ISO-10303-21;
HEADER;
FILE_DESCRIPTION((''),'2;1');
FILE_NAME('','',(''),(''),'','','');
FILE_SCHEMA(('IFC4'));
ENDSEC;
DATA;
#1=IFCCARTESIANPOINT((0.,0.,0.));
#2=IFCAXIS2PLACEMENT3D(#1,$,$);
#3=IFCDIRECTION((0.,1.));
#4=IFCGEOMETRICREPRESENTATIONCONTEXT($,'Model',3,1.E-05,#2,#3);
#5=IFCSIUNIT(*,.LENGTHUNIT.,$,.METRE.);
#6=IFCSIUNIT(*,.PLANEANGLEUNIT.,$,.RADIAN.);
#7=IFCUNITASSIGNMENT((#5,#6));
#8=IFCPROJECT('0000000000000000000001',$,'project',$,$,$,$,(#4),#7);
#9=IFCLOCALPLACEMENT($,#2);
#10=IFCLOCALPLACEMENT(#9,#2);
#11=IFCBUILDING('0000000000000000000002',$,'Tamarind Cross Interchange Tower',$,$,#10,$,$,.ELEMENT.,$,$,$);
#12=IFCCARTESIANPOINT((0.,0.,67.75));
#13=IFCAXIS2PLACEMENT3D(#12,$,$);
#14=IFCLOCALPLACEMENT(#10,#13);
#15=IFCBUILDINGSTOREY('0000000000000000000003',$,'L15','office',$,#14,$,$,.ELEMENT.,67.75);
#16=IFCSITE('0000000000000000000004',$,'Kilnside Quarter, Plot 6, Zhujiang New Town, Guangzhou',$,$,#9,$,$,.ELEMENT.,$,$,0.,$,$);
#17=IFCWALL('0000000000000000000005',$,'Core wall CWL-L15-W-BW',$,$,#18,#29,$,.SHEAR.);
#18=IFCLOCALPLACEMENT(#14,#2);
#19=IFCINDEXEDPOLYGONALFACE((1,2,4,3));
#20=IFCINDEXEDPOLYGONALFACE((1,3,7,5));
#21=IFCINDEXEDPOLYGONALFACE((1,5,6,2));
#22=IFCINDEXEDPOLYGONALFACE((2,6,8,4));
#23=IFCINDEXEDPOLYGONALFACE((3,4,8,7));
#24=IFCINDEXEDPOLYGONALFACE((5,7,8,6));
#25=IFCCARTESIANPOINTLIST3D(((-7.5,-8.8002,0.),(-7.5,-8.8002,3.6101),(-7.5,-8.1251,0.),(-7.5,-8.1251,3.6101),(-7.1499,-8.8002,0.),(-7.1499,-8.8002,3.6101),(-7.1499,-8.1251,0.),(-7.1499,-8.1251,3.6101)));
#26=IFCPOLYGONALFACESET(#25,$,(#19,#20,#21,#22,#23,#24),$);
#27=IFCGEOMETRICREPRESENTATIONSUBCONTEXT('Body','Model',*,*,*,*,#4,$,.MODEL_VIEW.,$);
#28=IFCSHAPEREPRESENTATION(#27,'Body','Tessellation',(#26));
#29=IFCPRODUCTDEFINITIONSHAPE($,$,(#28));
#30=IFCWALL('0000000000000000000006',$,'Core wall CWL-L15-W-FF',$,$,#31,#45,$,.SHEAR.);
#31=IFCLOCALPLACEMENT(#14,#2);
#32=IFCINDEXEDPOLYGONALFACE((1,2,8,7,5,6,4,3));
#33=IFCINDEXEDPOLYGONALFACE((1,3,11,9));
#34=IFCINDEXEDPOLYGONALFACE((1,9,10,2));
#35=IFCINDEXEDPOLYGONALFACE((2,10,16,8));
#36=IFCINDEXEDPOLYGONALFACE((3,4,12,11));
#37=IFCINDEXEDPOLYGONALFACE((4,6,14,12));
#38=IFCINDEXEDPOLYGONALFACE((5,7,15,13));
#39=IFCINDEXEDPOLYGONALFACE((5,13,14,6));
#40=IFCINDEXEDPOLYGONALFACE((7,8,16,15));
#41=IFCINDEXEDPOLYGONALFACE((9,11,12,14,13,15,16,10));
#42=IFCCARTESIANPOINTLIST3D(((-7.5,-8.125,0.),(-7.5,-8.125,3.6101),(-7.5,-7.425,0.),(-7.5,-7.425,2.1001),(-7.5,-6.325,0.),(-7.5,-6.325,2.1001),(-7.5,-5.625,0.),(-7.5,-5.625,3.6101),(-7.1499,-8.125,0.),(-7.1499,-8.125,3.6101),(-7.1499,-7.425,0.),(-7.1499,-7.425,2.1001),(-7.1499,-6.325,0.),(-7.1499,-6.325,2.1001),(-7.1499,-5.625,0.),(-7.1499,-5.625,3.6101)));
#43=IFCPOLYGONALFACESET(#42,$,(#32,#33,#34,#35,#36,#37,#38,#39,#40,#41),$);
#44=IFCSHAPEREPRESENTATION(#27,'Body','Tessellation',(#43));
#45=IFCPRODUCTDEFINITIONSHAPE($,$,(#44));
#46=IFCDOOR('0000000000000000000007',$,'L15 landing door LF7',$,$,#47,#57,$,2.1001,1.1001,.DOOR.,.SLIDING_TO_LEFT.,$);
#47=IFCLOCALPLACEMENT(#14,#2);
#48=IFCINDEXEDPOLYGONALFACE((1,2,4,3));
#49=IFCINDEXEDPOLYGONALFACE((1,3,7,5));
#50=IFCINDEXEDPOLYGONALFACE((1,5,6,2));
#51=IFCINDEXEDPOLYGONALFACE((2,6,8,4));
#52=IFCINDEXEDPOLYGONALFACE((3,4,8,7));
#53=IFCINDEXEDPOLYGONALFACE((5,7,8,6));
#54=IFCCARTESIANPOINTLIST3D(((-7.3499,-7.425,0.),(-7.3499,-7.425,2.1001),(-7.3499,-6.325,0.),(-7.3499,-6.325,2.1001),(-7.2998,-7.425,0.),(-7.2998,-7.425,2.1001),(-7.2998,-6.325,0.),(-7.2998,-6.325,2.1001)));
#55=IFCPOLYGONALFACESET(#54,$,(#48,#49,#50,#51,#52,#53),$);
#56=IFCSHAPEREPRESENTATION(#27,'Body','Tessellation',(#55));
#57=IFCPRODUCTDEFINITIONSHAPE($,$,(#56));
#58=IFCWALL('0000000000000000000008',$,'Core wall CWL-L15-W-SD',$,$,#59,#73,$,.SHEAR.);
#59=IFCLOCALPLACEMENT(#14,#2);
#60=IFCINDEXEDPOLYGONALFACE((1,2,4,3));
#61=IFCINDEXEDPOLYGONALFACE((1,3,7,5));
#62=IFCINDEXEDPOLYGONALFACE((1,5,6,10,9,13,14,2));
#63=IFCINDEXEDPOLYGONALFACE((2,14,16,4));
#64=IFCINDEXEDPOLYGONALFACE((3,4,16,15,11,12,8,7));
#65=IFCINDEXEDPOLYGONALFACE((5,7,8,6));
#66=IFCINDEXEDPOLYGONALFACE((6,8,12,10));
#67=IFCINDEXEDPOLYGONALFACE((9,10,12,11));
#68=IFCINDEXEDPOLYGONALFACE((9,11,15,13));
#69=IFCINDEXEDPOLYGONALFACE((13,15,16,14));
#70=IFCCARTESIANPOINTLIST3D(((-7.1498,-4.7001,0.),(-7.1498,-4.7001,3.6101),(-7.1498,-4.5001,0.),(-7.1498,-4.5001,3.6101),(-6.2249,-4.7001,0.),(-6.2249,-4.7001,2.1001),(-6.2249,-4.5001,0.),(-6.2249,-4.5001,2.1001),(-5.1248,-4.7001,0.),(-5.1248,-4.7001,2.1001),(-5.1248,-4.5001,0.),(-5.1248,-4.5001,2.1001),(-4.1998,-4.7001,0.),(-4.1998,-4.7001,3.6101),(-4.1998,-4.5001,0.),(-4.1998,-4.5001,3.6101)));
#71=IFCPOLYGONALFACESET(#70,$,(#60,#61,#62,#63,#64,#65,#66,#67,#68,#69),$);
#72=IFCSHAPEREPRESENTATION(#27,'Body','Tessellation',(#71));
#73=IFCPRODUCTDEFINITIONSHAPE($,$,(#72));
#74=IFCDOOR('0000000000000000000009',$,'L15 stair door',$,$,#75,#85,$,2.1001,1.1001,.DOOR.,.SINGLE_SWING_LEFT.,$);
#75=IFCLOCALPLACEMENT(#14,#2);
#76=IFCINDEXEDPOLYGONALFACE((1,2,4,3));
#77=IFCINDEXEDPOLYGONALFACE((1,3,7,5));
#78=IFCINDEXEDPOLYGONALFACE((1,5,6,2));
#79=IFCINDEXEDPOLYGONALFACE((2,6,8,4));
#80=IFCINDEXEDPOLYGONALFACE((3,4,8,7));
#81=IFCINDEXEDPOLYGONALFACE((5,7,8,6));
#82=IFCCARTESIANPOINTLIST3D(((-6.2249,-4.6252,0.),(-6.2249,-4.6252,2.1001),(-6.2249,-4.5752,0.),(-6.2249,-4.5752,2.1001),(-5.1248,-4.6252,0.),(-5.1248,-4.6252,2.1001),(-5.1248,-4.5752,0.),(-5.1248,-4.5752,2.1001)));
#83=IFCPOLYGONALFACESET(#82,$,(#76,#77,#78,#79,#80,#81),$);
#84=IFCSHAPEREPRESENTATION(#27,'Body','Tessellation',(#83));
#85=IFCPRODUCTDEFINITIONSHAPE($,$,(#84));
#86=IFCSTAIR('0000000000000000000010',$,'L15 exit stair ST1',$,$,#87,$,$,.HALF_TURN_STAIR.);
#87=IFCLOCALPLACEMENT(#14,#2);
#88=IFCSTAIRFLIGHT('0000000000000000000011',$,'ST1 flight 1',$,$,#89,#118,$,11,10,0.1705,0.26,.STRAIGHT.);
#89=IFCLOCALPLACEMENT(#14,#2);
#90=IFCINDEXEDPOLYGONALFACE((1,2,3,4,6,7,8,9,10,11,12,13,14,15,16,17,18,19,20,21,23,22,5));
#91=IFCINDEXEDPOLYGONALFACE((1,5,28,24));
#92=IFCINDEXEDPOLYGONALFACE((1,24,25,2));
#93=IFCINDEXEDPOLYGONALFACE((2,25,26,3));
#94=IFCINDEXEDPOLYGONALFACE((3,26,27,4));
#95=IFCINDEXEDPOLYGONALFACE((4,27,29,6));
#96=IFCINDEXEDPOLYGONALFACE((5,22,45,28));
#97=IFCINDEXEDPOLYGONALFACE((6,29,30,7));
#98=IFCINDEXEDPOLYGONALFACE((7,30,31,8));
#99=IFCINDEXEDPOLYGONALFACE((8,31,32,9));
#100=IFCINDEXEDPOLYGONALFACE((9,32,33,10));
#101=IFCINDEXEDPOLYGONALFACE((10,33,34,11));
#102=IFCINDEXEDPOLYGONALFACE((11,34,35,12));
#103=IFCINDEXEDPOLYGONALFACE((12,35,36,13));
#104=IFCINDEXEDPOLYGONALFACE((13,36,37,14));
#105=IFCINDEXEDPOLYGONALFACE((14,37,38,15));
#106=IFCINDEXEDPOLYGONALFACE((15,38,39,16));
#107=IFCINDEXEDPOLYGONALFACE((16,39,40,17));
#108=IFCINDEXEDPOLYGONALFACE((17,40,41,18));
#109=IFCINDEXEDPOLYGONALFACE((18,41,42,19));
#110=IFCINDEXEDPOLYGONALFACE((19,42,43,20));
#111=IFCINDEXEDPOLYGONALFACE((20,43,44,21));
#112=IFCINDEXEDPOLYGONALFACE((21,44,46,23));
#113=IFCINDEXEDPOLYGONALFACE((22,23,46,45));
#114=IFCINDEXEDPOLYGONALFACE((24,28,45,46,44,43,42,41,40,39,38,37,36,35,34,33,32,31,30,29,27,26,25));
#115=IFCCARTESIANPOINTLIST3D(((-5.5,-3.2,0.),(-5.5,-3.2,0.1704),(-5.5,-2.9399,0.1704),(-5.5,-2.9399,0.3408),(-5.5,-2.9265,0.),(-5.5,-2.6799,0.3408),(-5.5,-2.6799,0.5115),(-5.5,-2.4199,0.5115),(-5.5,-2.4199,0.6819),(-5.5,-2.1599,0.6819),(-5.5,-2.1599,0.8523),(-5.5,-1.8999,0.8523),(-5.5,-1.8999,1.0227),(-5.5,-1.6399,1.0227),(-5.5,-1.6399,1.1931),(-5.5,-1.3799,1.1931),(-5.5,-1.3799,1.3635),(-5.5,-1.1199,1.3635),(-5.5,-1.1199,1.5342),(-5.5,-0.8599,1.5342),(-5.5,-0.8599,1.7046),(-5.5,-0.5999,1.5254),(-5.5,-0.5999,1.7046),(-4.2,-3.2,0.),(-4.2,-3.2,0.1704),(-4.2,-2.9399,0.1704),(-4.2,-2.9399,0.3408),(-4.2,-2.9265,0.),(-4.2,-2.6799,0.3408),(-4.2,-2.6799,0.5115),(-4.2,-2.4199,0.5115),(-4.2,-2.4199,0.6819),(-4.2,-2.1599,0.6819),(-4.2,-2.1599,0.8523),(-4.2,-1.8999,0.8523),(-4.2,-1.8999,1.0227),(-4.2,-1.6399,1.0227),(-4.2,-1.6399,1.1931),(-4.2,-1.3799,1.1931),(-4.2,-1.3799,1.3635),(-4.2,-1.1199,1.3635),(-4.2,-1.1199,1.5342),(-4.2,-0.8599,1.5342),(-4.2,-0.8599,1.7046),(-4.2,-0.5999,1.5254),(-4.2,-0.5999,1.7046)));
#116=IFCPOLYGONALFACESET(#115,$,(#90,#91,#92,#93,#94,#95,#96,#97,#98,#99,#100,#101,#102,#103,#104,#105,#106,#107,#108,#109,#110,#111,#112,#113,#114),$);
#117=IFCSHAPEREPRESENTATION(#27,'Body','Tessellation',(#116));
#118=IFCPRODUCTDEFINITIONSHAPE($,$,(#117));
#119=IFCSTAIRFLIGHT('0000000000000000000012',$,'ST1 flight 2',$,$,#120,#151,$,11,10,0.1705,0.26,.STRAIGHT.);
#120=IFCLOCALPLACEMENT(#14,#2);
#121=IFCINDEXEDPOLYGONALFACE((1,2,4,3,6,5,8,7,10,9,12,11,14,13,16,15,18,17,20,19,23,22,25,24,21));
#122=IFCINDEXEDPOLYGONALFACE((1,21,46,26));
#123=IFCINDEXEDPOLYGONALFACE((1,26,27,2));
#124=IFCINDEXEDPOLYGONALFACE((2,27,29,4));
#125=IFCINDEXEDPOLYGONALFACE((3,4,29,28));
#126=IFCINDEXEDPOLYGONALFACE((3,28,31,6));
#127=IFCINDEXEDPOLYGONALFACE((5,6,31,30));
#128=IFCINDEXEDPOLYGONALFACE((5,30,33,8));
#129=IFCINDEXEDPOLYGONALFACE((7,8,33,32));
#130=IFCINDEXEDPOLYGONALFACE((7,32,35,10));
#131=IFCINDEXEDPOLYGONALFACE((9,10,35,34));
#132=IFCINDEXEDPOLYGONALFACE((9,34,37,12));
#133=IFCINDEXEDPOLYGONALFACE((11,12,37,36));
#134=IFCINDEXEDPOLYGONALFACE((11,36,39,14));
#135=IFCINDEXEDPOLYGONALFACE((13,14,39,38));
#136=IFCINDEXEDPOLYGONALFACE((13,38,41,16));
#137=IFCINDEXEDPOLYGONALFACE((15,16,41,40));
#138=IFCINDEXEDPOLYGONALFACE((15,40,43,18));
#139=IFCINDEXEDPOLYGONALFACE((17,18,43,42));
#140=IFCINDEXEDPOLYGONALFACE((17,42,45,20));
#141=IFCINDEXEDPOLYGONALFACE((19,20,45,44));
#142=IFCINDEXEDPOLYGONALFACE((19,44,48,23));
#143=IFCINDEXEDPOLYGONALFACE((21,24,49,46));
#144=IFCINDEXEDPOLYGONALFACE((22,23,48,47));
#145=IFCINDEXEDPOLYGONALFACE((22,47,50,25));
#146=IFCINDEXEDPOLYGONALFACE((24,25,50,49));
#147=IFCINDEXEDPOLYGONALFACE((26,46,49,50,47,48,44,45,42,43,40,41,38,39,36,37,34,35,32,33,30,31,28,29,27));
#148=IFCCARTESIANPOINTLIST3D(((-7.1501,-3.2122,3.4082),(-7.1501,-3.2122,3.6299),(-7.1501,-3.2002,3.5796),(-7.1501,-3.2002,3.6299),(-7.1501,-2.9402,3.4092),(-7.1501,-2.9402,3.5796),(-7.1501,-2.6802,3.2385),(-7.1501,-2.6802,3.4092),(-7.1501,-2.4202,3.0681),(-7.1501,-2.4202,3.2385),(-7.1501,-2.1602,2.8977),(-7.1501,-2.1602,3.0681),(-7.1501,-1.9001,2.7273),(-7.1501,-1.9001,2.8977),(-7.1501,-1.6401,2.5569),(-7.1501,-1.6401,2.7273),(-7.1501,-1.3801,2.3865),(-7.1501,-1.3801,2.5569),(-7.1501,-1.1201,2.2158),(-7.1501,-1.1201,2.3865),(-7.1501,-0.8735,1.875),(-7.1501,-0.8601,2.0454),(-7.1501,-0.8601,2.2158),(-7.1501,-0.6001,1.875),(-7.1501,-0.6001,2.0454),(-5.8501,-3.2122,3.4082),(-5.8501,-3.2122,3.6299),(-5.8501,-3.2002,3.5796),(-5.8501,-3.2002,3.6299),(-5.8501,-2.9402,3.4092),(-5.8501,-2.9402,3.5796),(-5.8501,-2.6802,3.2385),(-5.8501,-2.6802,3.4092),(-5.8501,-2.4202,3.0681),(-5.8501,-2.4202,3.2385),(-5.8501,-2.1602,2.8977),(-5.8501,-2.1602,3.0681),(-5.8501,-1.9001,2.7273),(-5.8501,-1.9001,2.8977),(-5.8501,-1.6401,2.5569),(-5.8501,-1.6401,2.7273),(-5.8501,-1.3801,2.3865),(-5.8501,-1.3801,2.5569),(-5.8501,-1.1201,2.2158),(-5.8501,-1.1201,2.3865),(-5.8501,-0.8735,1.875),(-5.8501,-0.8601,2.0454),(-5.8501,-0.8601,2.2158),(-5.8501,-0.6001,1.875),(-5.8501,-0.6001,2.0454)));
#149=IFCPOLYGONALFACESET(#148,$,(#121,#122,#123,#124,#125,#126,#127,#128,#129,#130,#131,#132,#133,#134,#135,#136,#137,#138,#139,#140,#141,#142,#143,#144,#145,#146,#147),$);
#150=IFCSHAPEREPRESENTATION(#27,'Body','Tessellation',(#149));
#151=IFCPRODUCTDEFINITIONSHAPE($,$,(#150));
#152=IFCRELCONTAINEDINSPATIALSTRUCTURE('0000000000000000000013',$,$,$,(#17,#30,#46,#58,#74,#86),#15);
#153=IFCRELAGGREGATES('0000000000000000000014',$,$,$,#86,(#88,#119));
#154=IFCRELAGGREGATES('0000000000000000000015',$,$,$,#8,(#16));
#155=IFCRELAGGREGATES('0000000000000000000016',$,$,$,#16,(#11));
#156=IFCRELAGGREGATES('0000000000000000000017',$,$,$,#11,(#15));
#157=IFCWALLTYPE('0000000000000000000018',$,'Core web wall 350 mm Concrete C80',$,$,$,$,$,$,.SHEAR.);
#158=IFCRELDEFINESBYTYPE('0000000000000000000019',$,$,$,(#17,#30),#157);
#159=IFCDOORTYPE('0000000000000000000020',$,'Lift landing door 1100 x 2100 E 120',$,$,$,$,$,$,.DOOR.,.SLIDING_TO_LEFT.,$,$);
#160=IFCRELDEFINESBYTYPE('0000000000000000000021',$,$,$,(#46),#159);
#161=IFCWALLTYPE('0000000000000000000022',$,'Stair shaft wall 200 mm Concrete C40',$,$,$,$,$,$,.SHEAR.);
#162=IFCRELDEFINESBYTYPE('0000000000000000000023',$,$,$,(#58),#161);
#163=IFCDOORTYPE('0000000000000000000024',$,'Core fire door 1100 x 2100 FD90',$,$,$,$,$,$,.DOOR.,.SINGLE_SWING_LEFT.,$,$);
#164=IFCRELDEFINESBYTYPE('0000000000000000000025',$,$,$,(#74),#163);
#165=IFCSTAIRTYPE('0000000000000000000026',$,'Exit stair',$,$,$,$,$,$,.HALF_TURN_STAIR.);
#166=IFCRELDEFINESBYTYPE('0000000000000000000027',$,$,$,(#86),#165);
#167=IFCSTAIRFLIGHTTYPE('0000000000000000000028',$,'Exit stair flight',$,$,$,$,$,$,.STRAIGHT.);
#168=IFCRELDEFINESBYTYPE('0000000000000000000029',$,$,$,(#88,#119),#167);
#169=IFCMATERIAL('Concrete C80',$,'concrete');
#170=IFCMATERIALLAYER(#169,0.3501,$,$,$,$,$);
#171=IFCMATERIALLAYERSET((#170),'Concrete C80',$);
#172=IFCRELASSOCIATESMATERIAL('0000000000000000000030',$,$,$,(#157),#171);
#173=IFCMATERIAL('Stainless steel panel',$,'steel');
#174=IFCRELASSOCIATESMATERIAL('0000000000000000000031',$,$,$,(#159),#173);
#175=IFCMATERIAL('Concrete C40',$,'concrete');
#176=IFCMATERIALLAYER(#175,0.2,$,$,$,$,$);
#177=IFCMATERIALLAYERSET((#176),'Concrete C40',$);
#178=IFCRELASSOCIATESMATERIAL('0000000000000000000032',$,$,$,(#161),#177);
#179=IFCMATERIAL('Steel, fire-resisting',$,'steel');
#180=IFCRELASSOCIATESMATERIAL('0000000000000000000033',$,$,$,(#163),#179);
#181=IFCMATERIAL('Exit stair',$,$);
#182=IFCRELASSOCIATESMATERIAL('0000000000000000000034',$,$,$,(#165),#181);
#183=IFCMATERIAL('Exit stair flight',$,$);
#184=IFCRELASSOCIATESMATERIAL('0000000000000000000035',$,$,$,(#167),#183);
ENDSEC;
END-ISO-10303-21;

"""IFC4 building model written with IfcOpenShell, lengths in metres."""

from ifc_helpers import new_model, si_unit, direction, frame, frame_2d, origin, place, context, subcontext, project, spatial, polyline, rectangle, outline, extrude, material, layer, layer_set, type_object, element, fill, aggregate, save


model = new_model("IFC4")

# Units and contexts
model_context = context("Model", 3, precision=1e-05, world=origin(), true_north=direction((0.0, 1.0)))
body_context = subcontext(model_context, "Body", "Model", "MODEL_VIEW")
ifc_project = project(units=[si_unit("LENGTHUNIT", "METRE"), si_unit("PLANEANGLEUNIT", "RADIAN")], contexts=[model_context])

# Site, building, storey
site_placement = place(None, origin())
site = spatial("IfcSite", under=ifc_project, at=site_placement, Name="Kilnside Quarter, Plot 6, Zhujiang New Town, Guangzhou", CompositionType="ELEMENT", RefElevation=0.0)
building_placement = place(site_placement, origin())
building = spatial("IfcBuilding", under=site, at=building_placement, Name="Tamarind Cross Interchange Tower", CompositionType="ELEMENT")
storey_placement = place(building_placement, frame((0.0, 0.0, 67.75)))
storey = spatial("IfcBuildingStorey", under=building, at=storey_placement, Name="L15", Description="office", CompositionType="ELEMENT", Elevation=67.75)

# Shared definitions
ifc_material_1 = material(Name="Concrete C80", Category="concrete")
ifc_material_2 = material(Name="Steel, fire-resisting", Category="steel")

# Wall
ifc_layer_1 = layer(ifc_material_1, 0.3501)
ifc_layer_set_1 = layer_set([ifc_layer_1], Name="Concrete C80")
wall_type_1 = type_object("IfcWallType", Name="Core web wall 350 mm Concrete C80", PredefinedType="SHEAR", material=ifc_layer_set_1)
wall_1_placement = place(storey_placement, frame((-7.325, -8.8, 0.0), z_axis=(0.0, 0.0, 1.0), x_axis=(0.0, 1.0, 0.0)))
element("IfcWall", 1, at=wall_1_placement, inside=storey, type_object=wall_type_1, Name="Core wall CWL-L15-W-BW", PredefinedType="SHEAR", context=body_context, shape_type="SweptSolid", body=[
    extrude(rectangle(XDim=0.675, YDim=0.3501, at=frame_2d((0.3374, 0.0))), origin(), (0.0, 0.0, 1.0), 3.6101),
])

# Walls, openings, doors
wall_2_placement = place(storey_placement, frame((-7.325, -8.125, 0.0), z_axis=(0.0, 0.0, 1.0), x_axis=(0.0, 1.0, 0.0)))
wall_2 = element("IfcWall", 2, at=wall_2_placement, inside=storey, type_object=wall_type_1, Name="Core wall CWL-L15-W-FF", PredefinedType="SHEAR", context=body_context, shape_type="SweptSolid", body=[
    extrude(rectangle(XDim=2.5, YDim=0.3501, at=frame_2d((1.25, 0.0))), origin(), (0.0, 0.0, 1.0), 3.6101),
])
opening_1_placement = place(wall_2_placement, frame((0.7, 0.0, 0.0)))
opening_1 = element("IfcOpeningElement", 3, at=opening_1_placement, cuts=wall_2, PredefinedType="OPENING", context=body_context, shape_type="SweptSolid", body=[
    extrude(rectangle(XDim=1.1001, YDim=2.1001, at=frame_2d((0.55, 1.05))), frame((0.0, 0.1851, 0.0), z_axis=(0.0, -1.0, 0.0), x_axis=(1.0, 0.0, 0.0)), (0.0, 0.0, 1.0), 0.3701),
])
ifc_material_3 = material(Name="Stainless steel panel", Category="steel")
door_type_1 = type_object("IfcDoorType", Name="Lift landing door 1100 x 2100 E 120", OperationType="SLIDING_TO_LEFT", PredefinedType="DOOR", material=ifc_material_3)
door_1_placement = place(opening_1_placement, origin())
door_1 = element("IfcDoor", 4, at=door_1_placement, inside=storey, type_object=door_type_1, Name="L15 landing door LF7", OperationType="SLIDING_TO_LEFT", OverallHeight=2.1001, OverallWidth=1.1001, PredefinedType="DOOR", context=body_context, shape_type="SweptSolid", body=[
    extrude(rectangle(XDim=1.1001, YDim=2.1001, at=frame_2d((0.55, 1.05))), frame((0.0, 0.0249, 0.0), z_axis=(0.0, -1.0, 0.0), x_axis=(1.0, 0.0, 0.0)), (0.0, 0.0, 1.0), 0.05),
])
fill(opening_1, door_1)
ifc_material_4 = material(Name="Concrete C40", Category="concrete")
ifc_layer_2 = layer(ifc_material_4, 0.2)
ifc_layer_set_2 = layer_set([ifc_layer_2], Name="Concrete C40")
wall_type_2 = type_object("IfcWallType", Name="Stair shaft wall 200 mm Concrete C40", PredefinedType="SHEAR", material=ifc_layer_set_2)
wall_3_placement = place(storey_placement, frame((-7.1499, -4.6001, 0.0), z_axis=(0.0, 0.0, 1.0), x_axis=(1.0, 0.0, 0.0)))
wall_3 = element("IfcWall", 5, at=wall_3_placement, inside=storey, type_object=wall_type_2, Name="Core wall CWL-L15-W-SD", PredefinedType="SHEAR", context=body_context, shape_type="SweptSolid", body=[
    extrude(rectangle(XDim=2.95, YDim=0.2, at=frame_2d((1.4751, 0.0))), origin(), (0.0, 0.0, 1.0), 3.6101),
])
opening_2_placement = place(wall_3_placement, frame((0.925, 0.0, 0.0)))
opening_2 = element("IfcOpeningElement", 6, at=opening_2_placement, cuts=wall_3, PredefinedType="OPENING", context=body_context, shape_type="SweptSolid", body=[
    extrude(rectangle(XDim=1.1001, YDim=2.1001, at=frame_2d((0.55, 1.05))), frame((0.0, 0.1099, 0.0), z_axis=(0.0, -1.0, 0.0), x_axis=(1.0, 0.0, 0.0)), (0.0, 0.0, 1.0), 0.22),
])
door_type_2 = type_object("IfcDoorType", Name="Core fire door 1100 x 2100 FD90", OperationType="SINGLE_SWING_LEFT", PredefinedType="DOOR", material=ifc_material_2)
door_2_placement = place(opening_2_placement, origin())
door_2 = element("IfcDoor", 7, at=door_2_placement, inside=storey, type_object=door_type_2, Name="L15 stair door", OperationType="SINGLE_SWING_LEFT", OverallHeight=2.1001, OverallWidth=1.1001, PredefinedType="DOOR", context=body_context, shape_type="SweptSolid", body=[
    extrude(rectangle(XDim=1.1001, YDim=2.1001, at=frame_2d((0.55, 1.05))), frame((0.0, 0.0249, 0.0), z_axis=(0.0, -1.0, 0.0), x_axis=(1.0, 0.0, 0.0)), (0.0, 0.0, 1.0), 0.05),
])
fill(opening_2, door_2)

# Stair, stair flights
ifc_material_5 = material(Name="Exit stair")
stair_type = type_object("IfcStairType", Name="Exit stair", PredefinedType="HALF_TURN_STAIR", material=ifc_material_5)
stair_placement = place(storey_placement, origin())
stair = element("IfcStair", 8, at=stair_placement, inside=storey, type_object=stair_type, Name="L15 exit stair ST1", PredefinedType="HALF_TURN_STAIR")
ifc_material_6 = material(Name="Exit stair flight")
stair_flight_type = type_object("IfcStairFlightType", Name="Exit stair flight", PredefinedType="STRAIGHT", material=ifc_material_6)
stair_flight_1_placement = place(storey_placement, frame((-4.8501, -3.2, 0.0), z_axis=(0.0, 0.0, 1.0), x_axis=(0.0, 1.0, 0.0)))
stair_flight_1 = element("IfcStairFlight", 9, at=stair_flight_1_placement, type_object=stair_flight_type, Name="ST1 flight 1", NumberOfRisers=11, NumberOfTreads=10, PredefinedType="STRAIGHT", RiserHeight=0.1705, TreadLength=0.26, context=body_context, shape_type="SweptSolid", body=[
    extrude(outline(polyline([(0.0, 0.0), (0.0, 0.1704), (0.26, 0.1704), (0.26, 0.3408), (0.52, 0.3408), (0.52, 0.5115), (0.78, 0.5115), (0.78, 0.6819), (1.04, 0.6819), (1.04, 0.8523), (1.3, 0.8523), (1.3, 1.0227), (1.5601, 1.0227), (1.5601, 1.1931), (1.8201, 1.1931), (1.8201, 1.3635), (2.0801, 1.3635), (2.0801, 1.5342), (2.3401, 1.5342), (2.3401, 1.7046), (2.6001, 1.7046), (2.6001, 1.875), (2.6001, 1.5254), (0.2734, 0.0), (0.0, 0.0)])), frame((0.0, 0.6499, 0.0), z_axis=(0.0, -1.0, 0.0), x_axis=(1.0, 0.0, 0.0)), (0.0, 0.0, 1.0), 1.3),
])
stair_flight_2_placement = place(storey_placement, frame((-6.5, -0.6001, 1.875), z_axis=(0.0, 0.0, 1.0), x_axis=(0.0, -1.0, 0.0)))
stair_flight_2 = element("IfcStairFlight", 10, at=stair_flight_2_placement, type_object=stair_flight_type, Name="ST1 flight 2", NumberOfRisers=11, NumberOfTreads=10, PredefinedType="STRAIGHT", RiserHeight=0.1705, TreadLength=0.26, context=body_context, shape_type="SweptSolid", body=[
    extrude(outline(polyline([(0.0, 0.0), (0.0, 0.1704), (0.26, 0.1704), (0.26, 0.3408), (0.52, 0.3408), (0.52, 0.5115), (0.78, 0.5115), (0.78, 0.6819), (1.04, 0.6819), (1.04, 0.8523), (1.3, 0.8523), (1.3, 1.0227), (1.5601, 1.0227), (1.5601, 1.1931), (1.8201, 1.1931), (1.8201, 1.3635), (2.0801, 1.3635), (2.0801, 1.5342), (2.3401, 1.5342), (2.3401, 1.7046), (2.6001, 1.7046), (2.6001, 1.7549), (2.6121, 1.7549), (2.6121, 1.5332), (0.2734, 0.0), (0.0, 0.0)])), frame((0.0, 0.6499, 0.0), z_axis=(0.0, -1.0, 0.0), x_axis=(1.0, 0.0, 0.0)), (0.0, 0.0, 1.0), 1.3),
])
aggregate(stair, [stair_flight_1, stair_flight_2])

save(model, "model.ifc")
